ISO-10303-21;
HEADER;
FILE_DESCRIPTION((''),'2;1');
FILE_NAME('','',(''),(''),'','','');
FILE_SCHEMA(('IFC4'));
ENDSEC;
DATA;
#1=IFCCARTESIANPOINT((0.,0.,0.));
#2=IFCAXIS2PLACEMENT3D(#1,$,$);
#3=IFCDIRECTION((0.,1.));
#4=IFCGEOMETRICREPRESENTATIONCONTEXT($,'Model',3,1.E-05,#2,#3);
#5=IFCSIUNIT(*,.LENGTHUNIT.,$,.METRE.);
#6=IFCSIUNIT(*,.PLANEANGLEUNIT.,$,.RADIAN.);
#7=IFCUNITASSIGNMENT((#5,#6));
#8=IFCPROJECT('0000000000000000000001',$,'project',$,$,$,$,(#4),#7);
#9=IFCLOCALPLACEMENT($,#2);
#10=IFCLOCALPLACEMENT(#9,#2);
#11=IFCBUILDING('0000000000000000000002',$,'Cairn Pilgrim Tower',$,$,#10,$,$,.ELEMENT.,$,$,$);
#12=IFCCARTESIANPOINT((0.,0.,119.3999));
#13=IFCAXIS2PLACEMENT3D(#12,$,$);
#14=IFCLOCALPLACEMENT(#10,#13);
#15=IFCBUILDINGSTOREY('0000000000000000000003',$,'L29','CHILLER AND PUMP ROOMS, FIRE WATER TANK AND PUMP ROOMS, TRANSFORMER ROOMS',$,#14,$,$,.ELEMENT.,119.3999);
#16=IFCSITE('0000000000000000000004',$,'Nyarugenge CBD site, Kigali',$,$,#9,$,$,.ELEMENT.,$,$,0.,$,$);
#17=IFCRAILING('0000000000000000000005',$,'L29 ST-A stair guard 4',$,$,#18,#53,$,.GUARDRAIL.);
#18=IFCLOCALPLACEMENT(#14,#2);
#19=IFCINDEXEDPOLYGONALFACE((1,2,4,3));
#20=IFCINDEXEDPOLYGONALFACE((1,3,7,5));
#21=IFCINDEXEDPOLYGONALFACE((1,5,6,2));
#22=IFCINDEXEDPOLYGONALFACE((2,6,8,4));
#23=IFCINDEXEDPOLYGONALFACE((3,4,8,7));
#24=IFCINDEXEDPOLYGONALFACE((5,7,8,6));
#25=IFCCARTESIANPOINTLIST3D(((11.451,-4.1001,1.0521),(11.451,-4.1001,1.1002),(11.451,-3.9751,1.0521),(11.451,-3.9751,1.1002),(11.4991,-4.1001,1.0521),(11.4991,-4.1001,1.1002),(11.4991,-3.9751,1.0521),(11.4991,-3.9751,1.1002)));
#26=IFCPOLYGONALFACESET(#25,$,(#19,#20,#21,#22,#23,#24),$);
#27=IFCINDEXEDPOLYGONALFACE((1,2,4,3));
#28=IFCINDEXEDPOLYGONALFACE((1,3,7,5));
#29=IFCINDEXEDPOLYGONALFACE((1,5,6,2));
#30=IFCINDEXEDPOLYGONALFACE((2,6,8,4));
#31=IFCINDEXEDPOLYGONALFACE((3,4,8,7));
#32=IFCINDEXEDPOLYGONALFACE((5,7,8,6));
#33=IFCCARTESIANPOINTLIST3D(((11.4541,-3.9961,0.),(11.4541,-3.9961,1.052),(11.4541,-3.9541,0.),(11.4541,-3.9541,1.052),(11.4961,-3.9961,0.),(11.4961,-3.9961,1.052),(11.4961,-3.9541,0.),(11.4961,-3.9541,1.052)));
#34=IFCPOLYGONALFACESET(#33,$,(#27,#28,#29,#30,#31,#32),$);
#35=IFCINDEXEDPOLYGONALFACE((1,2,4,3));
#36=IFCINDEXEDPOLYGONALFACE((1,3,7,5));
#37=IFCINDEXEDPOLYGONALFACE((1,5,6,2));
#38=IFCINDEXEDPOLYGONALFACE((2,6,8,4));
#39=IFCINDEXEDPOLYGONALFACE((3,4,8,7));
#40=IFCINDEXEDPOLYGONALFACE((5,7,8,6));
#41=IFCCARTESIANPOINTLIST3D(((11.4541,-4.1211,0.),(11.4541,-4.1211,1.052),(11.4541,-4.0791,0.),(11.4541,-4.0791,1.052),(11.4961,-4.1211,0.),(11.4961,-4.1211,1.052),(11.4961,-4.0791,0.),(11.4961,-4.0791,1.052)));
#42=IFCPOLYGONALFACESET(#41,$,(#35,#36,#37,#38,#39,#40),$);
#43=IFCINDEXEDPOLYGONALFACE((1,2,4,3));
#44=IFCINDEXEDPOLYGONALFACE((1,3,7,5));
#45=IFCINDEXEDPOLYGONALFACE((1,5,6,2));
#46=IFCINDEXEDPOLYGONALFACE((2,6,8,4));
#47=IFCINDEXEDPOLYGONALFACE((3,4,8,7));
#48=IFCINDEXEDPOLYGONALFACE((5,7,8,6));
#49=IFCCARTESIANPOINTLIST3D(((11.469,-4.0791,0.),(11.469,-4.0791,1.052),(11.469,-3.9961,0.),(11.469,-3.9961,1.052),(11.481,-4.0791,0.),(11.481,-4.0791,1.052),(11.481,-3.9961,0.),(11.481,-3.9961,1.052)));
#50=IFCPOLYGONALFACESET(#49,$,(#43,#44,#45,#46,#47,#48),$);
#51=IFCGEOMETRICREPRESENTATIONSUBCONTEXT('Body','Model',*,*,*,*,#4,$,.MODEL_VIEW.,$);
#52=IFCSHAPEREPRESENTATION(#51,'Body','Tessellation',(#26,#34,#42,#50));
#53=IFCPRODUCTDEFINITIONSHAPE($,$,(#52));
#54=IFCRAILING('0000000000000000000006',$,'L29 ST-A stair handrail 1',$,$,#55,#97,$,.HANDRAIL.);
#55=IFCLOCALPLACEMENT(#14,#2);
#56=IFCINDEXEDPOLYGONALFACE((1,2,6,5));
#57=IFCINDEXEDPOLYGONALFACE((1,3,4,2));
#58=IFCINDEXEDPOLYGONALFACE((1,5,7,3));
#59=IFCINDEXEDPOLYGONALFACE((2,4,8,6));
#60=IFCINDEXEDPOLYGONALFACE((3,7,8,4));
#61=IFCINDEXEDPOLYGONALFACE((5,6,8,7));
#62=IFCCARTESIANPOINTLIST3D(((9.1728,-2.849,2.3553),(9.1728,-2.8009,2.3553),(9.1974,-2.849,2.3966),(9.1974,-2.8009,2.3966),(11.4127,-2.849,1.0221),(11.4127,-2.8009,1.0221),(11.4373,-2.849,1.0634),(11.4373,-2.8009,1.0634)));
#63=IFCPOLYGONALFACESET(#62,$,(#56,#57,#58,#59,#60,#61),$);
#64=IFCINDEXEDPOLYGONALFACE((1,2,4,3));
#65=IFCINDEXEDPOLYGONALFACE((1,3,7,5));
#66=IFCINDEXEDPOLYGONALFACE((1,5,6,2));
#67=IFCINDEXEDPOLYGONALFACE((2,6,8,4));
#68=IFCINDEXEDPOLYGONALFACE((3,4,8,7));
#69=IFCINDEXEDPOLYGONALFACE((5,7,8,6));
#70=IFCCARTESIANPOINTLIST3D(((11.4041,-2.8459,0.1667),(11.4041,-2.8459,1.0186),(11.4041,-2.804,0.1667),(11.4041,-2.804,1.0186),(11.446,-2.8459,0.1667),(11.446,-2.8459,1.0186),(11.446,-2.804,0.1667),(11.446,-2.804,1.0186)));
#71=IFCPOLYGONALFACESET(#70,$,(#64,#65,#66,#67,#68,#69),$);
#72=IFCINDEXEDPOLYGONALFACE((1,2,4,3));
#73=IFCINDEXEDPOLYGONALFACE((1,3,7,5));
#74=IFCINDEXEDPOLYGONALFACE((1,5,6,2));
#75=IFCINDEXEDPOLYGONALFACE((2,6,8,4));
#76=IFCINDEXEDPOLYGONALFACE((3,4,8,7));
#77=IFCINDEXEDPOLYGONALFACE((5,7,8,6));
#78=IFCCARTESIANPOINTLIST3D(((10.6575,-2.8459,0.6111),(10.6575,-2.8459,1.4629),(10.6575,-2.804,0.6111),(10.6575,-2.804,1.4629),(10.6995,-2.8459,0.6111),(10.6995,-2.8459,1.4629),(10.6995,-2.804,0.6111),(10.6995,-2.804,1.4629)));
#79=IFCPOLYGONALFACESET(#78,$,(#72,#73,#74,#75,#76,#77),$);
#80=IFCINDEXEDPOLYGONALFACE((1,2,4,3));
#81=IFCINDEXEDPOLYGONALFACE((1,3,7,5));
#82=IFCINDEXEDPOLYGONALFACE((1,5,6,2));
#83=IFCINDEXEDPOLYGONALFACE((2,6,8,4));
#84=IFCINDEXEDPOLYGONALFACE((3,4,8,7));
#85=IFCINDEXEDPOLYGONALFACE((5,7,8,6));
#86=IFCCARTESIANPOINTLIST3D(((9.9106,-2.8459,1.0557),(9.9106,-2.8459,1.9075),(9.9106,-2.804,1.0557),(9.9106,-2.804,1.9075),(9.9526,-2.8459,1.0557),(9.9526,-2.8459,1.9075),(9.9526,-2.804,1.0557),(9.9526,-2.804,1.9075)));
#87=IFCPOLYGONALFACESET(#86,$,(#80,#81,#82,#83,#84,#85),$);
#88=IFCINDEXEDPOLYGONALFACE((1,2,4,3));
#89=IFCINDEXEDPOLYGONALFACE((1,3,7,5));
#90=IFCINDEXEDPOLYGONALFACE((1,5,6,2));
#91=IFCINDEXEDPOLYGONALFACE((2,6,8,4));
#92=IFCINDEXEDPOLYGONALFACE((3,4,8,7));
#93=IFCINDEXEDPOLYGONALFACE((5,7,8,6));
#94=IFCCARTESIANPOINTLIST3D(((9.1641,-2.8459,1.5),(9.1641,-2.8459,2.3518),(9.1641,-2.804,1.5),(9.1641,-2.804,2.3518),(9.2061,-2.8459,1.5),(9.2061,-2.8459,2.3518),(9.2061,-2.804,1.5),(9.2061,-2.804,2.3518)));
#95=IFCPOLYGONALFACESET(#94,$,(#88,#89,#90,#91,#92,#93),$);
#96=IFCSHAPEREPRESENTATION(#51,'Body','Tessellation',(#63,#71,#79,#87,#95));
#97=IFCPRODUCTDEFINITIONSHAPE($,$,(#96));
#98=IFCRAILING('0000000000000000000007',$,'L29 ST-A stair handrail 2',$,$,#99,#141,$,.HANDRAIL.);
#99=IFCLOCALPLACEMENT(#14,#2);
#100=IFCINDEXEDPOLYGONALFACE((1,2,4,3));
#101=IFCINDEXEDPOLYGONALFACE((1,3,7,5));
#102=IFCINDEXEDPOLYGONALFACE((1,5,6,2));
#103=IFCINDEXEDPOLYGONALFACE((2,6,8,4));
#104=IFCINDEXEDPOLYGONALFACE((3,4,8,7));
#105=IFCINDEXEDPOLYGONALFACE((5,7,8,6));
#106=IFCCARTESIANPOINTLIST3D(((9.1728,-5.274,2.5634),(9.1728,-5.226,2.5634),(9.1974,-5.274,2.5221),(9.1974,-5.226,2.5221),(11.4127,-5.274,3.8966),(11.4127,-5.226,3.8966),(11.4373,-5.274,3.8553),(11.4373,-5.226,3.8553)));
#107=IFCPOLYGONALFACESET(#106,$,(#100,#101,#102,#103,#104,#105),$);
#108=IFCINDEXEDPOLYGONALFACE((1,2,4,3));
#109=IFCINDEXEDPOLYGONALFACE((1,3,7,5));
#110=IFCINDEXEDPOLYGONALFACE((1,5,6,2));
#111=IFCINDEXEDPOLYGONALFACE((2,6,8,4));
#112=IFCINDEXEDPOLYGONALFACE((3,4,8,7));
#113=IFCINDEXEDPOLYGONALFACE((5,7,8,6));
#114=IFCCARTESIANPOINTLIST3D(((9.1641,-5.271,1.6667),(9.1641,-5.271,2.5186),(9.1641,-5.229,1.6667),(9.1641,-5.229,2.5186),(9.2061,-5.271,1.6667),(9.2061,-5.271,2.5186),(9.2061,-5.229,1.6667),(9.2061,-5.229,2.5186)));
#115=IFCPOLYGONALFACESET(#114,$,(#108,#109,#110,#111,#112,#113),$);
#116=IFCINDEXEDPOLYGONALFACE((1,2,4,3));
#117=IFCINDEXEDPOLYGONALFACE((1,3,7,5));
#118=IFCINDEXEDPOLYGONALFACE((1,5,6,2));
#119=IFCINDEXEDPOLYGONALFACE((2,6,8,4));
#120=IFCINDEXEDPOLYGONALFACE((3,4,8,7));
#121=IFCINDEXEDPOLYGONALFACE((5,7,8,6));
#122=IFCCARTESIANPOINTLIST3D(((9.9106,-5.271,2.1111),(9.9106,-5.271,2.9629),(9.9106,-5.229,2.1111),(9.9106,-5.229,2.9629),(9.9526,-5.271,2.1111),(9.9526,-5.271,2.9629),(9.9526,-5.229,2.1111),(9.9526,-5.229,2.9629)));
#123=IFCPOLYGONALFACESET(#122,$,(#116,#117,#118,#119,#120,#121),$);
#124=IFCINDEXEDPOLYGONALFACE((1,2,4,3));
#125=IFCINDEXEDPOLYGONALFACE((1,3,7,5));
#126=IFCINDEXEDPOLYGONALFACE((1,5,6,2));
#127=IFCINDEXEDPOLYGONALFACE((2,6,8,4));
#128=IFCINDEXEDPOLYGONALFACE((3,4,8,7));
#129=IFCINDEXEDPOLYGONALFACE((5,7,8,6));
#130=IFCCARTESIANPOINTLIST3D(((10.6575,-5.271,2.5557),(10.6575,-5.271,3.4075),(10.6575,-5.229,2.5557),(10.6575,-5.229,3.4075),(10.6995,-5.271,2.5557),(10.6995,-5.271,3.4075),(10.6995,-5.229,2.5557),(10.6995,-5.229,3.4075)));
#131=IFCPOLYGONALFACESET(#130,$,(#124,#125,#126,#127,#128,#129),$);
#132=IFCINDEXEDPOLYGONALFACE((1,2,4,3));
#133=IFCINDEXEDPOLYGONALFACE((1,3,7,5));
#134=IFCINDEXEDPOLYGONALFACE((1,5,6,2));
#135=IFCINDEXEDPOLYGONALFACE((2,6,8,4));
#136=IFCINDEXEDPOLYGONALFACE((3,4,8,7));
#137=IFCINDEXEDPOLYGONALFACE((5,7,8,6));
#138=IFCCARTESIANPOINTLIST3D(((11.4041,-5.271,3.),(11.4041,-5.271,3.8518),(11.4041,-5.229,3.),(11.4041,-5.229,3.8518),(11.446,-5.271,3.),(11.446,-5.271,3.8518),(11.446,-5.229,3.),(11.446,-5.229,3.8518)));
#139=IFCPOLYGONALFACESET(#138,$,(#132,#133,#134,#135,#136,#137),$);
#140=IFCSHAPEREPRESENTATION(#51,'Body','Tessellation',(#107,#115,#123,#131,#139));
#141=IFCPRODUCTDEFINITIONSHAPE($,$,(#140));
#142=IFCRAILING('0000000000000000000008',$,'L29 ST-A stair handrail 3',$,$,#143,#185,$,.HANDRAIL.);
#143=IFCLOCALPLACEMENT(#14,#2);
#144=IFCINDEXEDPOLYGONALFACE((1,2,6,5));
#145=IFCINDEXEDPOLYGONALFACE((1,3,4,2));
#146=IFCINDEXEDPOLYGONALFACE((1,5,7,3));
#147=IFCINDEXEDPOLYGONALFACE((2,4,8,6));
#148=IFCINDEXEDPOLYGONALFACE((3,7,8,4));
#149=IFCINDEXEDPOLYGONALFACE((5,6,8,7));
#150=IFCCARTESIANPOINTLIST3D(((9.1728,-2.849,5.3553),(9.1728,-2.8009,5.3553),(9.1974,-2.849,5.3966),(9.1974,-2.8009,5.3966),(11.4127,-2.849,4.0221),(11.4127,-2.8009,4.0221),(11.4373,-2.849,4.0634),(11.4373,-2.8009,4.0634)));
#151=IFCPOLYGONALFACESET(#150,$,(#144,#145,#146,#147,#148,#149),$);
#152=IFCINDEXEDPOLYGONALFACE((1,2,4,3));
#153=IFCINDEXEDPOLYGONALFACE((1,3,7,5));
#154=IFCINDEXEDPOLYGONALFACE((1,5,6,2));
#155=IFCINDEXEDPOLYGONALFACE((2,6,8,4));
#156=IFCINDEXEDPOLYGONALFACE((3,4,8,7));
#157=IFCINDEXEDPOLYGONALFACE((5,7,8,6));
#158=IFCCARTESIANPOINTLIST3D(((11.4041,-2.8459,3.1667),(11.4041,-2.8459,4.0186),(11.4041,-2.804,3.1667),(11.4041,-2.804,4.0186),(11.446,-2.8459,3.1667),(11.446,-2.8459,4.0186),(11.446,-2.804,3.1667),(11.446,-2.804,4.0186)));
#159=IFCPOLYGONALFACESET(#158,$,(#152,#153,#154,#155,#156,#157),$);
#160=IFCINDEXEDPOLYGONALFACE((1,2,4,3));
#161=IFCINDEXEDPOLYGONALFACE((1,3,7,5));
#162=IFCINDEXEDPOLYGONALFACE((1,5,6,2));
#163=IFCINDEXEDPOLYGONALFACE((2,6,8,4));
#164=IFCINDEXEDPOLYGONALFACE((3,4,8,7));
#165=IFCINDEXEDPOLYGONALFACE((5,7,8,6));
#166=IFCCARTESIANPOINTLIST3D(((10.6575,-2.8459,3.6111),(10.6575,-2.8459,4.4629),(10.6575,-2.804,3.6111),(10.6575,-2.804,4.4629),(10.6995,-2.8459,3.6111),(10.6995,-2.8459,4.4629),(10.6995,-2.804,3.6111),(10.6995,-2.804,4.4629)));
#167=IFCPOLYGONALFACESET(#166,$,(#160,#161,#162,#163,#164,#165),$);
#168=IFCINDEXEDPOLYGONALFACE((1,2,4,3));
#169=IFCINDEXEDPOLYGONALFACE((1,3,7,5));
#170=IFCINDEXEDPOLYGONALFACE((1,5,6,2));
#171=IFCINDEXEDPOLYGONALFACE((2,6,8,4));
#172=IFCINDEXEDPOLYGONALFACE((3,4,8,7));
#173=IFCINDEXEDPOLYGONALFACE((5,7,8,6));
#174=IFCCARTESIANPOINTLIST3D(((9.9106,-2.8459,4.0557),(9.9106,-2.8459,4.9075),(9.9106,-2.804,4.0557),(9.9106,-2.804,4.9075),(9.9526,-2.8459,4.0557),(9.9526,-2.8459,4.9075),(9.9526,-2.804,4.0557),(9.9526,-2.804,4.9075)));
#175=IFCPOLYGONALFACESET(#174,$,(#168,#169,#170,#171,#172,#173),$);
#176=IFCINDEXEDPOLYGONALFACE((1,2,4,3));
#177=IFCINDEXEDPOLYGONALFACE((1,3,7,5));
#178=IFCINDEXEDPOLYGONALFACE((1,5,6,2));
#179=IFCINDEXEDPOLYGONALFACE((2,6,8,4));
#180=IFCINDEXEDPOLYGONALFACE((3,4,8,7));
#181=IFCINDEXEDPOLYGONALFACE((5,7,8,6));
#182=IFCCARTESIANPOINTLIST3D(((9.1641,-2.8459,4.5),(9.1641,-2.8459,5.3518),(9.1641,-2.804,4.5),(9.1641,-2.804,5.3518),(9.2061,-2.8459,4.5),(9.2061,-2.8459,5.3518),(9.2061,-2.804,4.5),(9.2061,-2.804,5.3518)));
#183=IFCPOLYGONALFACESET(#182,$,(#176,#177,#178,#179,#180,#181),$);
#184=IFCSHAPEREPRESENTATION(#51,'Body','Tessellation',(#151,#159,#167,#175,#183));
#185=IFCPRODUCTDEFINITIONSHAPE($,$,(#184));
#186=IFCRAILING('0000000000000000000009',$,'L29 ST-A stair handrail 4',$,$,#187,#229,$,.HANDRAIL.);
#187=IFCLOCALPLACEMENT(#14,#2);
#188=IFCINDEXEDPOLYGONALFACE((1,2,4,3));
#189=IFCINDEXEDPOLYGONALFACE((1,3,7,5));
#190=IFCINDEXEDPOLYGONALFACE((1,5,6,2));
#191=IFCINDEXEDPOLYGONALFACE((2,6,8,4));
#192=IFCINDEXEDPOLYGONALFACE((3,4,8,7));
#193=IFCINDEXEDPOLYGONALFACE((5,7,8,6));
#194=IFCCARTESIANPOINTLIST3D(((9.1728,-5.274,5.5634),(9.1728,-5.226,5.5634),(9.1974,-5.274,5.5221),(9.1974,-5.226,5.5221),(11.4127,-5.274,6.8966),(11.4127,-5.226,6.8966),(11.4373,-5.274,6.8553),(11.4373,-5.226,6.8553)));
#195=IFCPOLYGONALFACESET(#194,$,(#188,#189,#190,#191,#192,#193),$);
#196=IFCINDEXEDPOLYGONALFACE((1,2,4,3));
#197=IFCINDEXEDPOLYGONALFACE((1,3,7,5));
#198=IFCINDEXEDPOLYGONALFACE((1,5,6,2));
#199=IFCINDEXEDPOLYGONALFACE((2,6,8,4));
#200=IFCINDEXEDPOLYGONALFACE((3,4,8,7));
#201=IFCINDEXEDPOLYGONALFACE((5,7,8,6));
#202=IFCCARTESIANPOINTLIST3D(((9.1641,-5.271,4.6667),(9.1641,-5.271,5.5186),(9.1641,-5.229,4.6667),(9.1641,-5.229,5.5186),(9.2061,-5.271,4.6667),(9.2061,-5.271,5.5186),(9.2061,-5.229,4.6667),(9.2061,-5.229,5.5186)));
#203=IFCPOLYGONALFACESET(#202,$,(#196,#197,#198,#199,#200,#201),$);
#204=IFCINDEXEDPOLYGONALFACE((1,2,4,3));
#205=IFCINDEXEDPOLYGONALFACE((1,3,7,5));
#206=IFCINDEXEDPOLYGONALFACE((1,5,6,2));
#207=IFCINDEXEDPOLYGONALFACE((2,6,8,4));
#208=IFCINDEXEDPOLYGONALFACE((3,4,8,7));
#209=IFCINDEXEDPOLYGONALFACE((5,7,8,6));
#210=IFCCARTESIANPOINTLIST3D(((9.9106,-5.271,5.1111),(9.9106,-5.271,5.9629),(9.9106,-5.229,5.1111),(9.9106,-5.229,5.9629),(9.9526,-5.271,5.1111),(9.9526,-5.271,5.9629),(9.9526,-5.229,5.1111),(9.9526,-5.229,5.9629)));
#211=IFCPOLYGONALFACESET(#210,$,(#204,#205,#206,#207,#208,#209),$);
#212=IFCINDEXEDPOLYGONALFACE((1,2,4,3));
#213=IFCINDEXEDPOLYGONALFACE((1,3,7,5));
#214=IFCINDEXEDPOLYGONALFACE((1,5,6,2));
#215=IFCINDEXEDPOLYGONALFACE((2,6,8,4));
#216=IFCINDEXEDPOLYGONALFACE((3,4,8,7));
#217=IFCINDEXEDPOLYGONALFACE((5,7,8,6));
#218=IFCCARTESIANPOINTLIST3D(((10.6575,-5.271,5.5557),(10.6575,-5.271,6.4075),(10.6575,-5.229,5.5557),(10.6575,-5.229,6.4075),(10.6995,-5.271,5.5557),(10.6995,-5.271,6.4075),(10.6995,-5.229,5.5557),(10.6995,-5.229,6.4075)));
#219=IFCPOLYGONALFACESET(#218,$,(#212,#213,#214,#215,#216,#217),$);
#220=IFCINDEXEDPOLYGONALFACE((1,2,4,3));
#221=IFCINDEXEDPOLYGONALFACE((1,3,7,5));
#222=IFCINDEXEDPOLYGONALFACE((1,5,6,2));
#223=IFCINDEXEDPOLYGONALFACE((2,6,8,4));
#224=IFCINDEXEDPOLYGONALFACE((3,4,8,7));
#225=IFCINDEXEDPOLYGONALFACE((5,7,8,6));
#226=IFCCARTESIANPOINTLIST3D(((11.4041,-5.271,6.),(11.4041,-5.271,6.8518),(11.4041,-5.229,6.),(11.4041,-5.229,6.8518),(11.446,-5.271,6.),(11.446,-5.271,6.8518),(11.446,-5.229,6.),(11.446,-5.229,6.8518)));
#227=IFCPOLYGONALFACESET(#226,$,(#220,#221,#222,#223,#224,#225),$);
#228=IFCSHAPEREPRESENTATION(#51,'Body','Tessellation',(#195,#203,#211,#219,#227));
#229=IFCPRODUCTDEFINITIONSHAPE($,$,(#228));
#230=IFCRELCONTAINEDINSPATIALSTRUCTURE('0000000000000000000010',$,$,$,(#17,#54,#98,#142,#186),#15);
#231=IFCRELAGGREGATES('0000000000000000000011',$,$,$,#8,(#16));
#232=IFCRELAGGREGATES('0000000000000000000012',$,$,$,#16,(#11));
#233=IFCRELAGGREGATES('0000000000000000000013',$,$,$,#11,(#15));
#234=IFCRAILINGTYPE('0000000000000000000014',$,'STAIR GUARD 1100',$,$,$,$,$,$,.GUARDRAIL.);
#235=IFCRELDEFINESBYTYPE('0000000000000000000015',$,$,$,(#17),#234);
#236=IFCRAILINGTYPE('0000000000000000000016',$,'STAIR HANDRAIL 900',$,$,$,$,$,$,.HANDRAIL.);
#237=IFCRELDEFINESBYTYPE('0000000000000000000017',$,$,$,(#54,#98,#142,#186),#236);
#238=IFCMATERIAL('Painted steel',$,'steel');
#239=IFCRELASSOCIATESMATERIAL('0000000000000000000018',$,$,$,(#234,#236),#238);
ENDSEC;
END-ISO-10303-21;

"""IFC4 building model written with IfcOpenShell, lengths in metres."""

from ifc_helpers import new_model, si_unit, direction, frame, origin, origin_2d, place, context, subcontext, project, spatial, polyline, rectangle, outline, extrude, material, type_object, element, save


model = new_model("IFC4")

# Units and contexts
model_context = context("Model", 3, precision=1e-05, world=origin(), true_north=direction((0.0, 1.0)))
body_context = subcontext(model_context, "Body", "Model", "MODEL_VIEW")
ifc_project = project(units=[si_unit("LENGTHUNIT", "METRE"), si_unit("PLANEANGLEUNIT", "RADIAN")], contexts=[model_context])

# Site, building, storey
site_placement = place(None, origin())
site = spatial("IfcSite", under=ifc_project, at=site_placement, Name="Nyarugenge CBD site, Kigali", CompositionType="ELEMENT", RefElevation=0.0)
building_placement = place(site_placement, origin())
building = spatial("IfcBuilding", under=site, at=building_placement, Name="Cairn Pilgrim Tower", CompositionType="ELEMENT")
storey_placement = place(building_placement, frame((0.0, 0.0, 119.3999)))
storey = spatial("IfcBuildingStorey", under=building, at=storey_placement, Name="L29", Description="CHILLER AND PUMP ROOMS, FIRE WATER TANK AND PUMP ROOMS, TRANSFORMER ROOMS", CompositionType="ELEMENT", Elevation=119.3999)

# Railings
ifc_material_1 = material(Name="Painted steel", Category="steel")
railing_type_1 = type_object("IfcRailingType", Name="STAIR GUARD 1100", PredefinedType="GUARDRAIL", material=ifc_material_1)
railing_1_placement = place(storey_placement, frame((11.4751, -3.9751, 0.0)))
element("IfcRailing", 1, at=railing_1_placement, inside=storey, type_object=railing_type_1, Name="L29 ST-A stair guard 4", PredefinedType="GUARDRAIL", context=body_context, shape_type="SweptSolid", body=[
    extrude(rectangle(XDim=0.0481, YDim=0.0481, at=origin_2d()), frame((0.0, 0.0, 1.0762), z_axis=(0.0, -1.0, 0.0), x_axis=(1.0, 0.0, 0.0)), (0.0, 0.0, 1.0), 0.125),
    extrude(rectangle(XDim=0.042, YDim=0.042, at=origin_2d()), origin(), (0.0, 0.0, 1.0), 1.052),
    extrude(rectangle(XDim=0.042, YDim=0.042, at=origin_2d()), frame((0.0, -0.125, 0.0)), (0.0, 0.0, 1.0), 1.052),
    extrude(outline(polyline([(0.021, 0.0), (0.104, 0.0), (0.104, 1.052), (0.021, 1.052), (0.021, 0.0)])), frame((0.0059, 0.0, 0.0), z_axis=(-1.0, 0.0, 0.0), x_axis=(0.0, -1.0, 0.0)), (0.0, 0.0, 1.0), 0.012),
])
railing_type_2 = type_object("IfcRailingType", Name="STAIR HANDRAIL 900", PredefinedType="HANDRAIL", material=ifc_material_1)
railing_2_placement = place(storey_placement, frame((11.425, -2.825, 0.1667)))
element("IfcRailing", 2, at=railing_2_placement, inside=storey, type_object=railing_type_2, Name="L29 ST-A stair handrail 1", PredefinedType="HANDRAIL", context=body_context, shape_type="SweptSolid", body=[
    extrude(rectangle(XDim=0.0481, YDim=0.0481, at=origin_2d()), frame((0.0, 0.0, 0.876), z_axis=(-0.859306, 0.0, 0.511462), x_axis=(0.0, -1.0, 0.0)), (0.0, 0.0, 1.0), 2.6067),
    extrude(rectangle(XDim=0.042, YDim=0.042, at=origin_2d()), origin(), (0.0, 0.0, 1.0), 0.8518),
    extrude(rectangle(XDim=0.042, YDim=0.042, at=origin_2d()), frame((-0.7466, 0.0, 0.4443)), (0.0, 0.0, 1.0), 0.8518),
    extrude(rectangle(XDim=0.042, YDim=0.042, at=origin_2d()), frame((-1.4934, 0.0, 0.8889)), (0.0, 0.0, 1.0), 0.8518),
    extrude(rectangle(XDim=0.042, YDim=0.042, at=origin_2d()), frame((-2.24, 0.0, 1.3333)), (0.0, 0.0, 1.0), 0.8518),
])
railing_3_placement = place(storey_placement, frame((9.1851, -5.25, 1.6667)))
element("IfcRailing", 3, at=railing_3_placement, inside=storey, type_object=railing_type_2, Name="L29 ST-A stair handrail 2", PredefinedType="HANDRAIL", context=body_context, shape_type="SweptSolid", body=[
    extrude(rectangle(XDim=0.0481, YDim=0.0481, at=origin_2d()), frame((0.0, 0.0, 0.876), z_axis=(0.859306, 0.0, 0.511462), x_axis=(0.0, 1.0, 0.0)), (0.0, 0.0, 1.0), 2.6067),
    extrude(rectangle(XDim=0.042, YDim=0.042, at=origin_2d()), origin(), (0.0, 0.0, 1.0), 0.8518),
    extrude(rectangle(XDim=0.042, YDim=0.042, at=origin_2d()), frame((0.7466, 0.0, 0.4443)), (0.0, 0.0, 1.0), 0.8518),
    extrude(rectangle(XDim=0.042, YDim=0.042, at=origin_2d()), frame((1.4934, 0.0, 0.8889)), (0.0, 0.0, 1.0), 0.8518),
    extrude(rectangle(XDim=0.042, YDim=0.042, at=origin_2d()), frame((2.24, 0.0, 1.3333)), (0.0, 0.0, 1.0), 0.8518),
])
railing_4_placement = place(storey_placement, frame((11.425, -2.825, 3.1667)))
element("IfcRailing", 4, at=railing_4_placement, inside=storey, type_object=railing_type_2, Name="L29 ST-A stair handrail 3", PredefinedType="HANDRAIL", context=body_context, shape_type="SweptSolid", body=[
    extrude(rectangle(XDim=0.0481, YDim=0.0481, at=origin_2d()), frame((0.0, 0.0, 0.876), z_axis=(-0.859306, 0.0, 0.511462), x_axis=(0.0, -1.0, 0.0)), (0.0, 0.0, 1.0), 2.6067),
    extrude(rectangle(XDim=0.042, YDim=0.042, at=origin_2d()), origin(), (0.0, 0.0, 1.0), 0.8518),
    extrude(rectangle(XDim=0.042, YDim=0.042, at=origin_2d()), frame((-0.7466, 0.0, 0.4443)), (0.0, 0.0, 1.0), 0.8518),
    extrude(rectangle(XDim=0.042, YDim=0.042, at=origin_2d()), frame((-1.4934, 0.0, 0.8889)), (0.0, 0.0, 1.0), 0.8518),
    extrude(rectangle(XDim=0.042, YDim=0.042, at=origin_2d()), frame((-2.24, 0.0, 1.3333)), (0.0, 0.0, 1.0), 0.8518),
])
railing_5_placement = place(storey_placement, frame((9.1851, -5.25, 4.6667)))
element("IfcRailing", 5, at=railing_5_placement, inside=storey, type_object=railing_type_2, Name="L29 ST-A stair handrail 4", PredefinedType="HANDRAIL", context=body_context, shape_type="SweptSolid", body=[
    extrude(rectangle(XDim=0.0481, YDim=0.0481, at=origin_2d()), frame((0.0, 0.0, 0.876), z_axis=(0.859306, 0.0, 0.511462), x_axis=(0.0, 1.0, 0.0)), (0.0, 0.0, 1.0), 2.6067),
    extrude(rectangle(XDim=0.042, YDim=0.042, at=origin_2d()), origin(), (0.0, 0.0, 1.0), 0.8518),
    extrude(rectangle(XDim=0.042, YDim=0.042, at=origin_2d()), frame((0.7466, 0.0, 0.4443)), (0.0, 0.0, 1.0), 0.8518),
    extrude(rectangle(XDim=0.042, YDim=0.042, at=origin_2d()), frame((1.4934, 0.0, 0.8889)), (0.0, 0.0, 1.0), 0.8518),
    extrude(rectangle(XDim=0.042, YDim=0.042, at=origin_2d()), frame((2.24, 0.0, 1.3333)), (0.0, 0.0, 1.0), 0.8518),
])

save(model, "model.ifc")
